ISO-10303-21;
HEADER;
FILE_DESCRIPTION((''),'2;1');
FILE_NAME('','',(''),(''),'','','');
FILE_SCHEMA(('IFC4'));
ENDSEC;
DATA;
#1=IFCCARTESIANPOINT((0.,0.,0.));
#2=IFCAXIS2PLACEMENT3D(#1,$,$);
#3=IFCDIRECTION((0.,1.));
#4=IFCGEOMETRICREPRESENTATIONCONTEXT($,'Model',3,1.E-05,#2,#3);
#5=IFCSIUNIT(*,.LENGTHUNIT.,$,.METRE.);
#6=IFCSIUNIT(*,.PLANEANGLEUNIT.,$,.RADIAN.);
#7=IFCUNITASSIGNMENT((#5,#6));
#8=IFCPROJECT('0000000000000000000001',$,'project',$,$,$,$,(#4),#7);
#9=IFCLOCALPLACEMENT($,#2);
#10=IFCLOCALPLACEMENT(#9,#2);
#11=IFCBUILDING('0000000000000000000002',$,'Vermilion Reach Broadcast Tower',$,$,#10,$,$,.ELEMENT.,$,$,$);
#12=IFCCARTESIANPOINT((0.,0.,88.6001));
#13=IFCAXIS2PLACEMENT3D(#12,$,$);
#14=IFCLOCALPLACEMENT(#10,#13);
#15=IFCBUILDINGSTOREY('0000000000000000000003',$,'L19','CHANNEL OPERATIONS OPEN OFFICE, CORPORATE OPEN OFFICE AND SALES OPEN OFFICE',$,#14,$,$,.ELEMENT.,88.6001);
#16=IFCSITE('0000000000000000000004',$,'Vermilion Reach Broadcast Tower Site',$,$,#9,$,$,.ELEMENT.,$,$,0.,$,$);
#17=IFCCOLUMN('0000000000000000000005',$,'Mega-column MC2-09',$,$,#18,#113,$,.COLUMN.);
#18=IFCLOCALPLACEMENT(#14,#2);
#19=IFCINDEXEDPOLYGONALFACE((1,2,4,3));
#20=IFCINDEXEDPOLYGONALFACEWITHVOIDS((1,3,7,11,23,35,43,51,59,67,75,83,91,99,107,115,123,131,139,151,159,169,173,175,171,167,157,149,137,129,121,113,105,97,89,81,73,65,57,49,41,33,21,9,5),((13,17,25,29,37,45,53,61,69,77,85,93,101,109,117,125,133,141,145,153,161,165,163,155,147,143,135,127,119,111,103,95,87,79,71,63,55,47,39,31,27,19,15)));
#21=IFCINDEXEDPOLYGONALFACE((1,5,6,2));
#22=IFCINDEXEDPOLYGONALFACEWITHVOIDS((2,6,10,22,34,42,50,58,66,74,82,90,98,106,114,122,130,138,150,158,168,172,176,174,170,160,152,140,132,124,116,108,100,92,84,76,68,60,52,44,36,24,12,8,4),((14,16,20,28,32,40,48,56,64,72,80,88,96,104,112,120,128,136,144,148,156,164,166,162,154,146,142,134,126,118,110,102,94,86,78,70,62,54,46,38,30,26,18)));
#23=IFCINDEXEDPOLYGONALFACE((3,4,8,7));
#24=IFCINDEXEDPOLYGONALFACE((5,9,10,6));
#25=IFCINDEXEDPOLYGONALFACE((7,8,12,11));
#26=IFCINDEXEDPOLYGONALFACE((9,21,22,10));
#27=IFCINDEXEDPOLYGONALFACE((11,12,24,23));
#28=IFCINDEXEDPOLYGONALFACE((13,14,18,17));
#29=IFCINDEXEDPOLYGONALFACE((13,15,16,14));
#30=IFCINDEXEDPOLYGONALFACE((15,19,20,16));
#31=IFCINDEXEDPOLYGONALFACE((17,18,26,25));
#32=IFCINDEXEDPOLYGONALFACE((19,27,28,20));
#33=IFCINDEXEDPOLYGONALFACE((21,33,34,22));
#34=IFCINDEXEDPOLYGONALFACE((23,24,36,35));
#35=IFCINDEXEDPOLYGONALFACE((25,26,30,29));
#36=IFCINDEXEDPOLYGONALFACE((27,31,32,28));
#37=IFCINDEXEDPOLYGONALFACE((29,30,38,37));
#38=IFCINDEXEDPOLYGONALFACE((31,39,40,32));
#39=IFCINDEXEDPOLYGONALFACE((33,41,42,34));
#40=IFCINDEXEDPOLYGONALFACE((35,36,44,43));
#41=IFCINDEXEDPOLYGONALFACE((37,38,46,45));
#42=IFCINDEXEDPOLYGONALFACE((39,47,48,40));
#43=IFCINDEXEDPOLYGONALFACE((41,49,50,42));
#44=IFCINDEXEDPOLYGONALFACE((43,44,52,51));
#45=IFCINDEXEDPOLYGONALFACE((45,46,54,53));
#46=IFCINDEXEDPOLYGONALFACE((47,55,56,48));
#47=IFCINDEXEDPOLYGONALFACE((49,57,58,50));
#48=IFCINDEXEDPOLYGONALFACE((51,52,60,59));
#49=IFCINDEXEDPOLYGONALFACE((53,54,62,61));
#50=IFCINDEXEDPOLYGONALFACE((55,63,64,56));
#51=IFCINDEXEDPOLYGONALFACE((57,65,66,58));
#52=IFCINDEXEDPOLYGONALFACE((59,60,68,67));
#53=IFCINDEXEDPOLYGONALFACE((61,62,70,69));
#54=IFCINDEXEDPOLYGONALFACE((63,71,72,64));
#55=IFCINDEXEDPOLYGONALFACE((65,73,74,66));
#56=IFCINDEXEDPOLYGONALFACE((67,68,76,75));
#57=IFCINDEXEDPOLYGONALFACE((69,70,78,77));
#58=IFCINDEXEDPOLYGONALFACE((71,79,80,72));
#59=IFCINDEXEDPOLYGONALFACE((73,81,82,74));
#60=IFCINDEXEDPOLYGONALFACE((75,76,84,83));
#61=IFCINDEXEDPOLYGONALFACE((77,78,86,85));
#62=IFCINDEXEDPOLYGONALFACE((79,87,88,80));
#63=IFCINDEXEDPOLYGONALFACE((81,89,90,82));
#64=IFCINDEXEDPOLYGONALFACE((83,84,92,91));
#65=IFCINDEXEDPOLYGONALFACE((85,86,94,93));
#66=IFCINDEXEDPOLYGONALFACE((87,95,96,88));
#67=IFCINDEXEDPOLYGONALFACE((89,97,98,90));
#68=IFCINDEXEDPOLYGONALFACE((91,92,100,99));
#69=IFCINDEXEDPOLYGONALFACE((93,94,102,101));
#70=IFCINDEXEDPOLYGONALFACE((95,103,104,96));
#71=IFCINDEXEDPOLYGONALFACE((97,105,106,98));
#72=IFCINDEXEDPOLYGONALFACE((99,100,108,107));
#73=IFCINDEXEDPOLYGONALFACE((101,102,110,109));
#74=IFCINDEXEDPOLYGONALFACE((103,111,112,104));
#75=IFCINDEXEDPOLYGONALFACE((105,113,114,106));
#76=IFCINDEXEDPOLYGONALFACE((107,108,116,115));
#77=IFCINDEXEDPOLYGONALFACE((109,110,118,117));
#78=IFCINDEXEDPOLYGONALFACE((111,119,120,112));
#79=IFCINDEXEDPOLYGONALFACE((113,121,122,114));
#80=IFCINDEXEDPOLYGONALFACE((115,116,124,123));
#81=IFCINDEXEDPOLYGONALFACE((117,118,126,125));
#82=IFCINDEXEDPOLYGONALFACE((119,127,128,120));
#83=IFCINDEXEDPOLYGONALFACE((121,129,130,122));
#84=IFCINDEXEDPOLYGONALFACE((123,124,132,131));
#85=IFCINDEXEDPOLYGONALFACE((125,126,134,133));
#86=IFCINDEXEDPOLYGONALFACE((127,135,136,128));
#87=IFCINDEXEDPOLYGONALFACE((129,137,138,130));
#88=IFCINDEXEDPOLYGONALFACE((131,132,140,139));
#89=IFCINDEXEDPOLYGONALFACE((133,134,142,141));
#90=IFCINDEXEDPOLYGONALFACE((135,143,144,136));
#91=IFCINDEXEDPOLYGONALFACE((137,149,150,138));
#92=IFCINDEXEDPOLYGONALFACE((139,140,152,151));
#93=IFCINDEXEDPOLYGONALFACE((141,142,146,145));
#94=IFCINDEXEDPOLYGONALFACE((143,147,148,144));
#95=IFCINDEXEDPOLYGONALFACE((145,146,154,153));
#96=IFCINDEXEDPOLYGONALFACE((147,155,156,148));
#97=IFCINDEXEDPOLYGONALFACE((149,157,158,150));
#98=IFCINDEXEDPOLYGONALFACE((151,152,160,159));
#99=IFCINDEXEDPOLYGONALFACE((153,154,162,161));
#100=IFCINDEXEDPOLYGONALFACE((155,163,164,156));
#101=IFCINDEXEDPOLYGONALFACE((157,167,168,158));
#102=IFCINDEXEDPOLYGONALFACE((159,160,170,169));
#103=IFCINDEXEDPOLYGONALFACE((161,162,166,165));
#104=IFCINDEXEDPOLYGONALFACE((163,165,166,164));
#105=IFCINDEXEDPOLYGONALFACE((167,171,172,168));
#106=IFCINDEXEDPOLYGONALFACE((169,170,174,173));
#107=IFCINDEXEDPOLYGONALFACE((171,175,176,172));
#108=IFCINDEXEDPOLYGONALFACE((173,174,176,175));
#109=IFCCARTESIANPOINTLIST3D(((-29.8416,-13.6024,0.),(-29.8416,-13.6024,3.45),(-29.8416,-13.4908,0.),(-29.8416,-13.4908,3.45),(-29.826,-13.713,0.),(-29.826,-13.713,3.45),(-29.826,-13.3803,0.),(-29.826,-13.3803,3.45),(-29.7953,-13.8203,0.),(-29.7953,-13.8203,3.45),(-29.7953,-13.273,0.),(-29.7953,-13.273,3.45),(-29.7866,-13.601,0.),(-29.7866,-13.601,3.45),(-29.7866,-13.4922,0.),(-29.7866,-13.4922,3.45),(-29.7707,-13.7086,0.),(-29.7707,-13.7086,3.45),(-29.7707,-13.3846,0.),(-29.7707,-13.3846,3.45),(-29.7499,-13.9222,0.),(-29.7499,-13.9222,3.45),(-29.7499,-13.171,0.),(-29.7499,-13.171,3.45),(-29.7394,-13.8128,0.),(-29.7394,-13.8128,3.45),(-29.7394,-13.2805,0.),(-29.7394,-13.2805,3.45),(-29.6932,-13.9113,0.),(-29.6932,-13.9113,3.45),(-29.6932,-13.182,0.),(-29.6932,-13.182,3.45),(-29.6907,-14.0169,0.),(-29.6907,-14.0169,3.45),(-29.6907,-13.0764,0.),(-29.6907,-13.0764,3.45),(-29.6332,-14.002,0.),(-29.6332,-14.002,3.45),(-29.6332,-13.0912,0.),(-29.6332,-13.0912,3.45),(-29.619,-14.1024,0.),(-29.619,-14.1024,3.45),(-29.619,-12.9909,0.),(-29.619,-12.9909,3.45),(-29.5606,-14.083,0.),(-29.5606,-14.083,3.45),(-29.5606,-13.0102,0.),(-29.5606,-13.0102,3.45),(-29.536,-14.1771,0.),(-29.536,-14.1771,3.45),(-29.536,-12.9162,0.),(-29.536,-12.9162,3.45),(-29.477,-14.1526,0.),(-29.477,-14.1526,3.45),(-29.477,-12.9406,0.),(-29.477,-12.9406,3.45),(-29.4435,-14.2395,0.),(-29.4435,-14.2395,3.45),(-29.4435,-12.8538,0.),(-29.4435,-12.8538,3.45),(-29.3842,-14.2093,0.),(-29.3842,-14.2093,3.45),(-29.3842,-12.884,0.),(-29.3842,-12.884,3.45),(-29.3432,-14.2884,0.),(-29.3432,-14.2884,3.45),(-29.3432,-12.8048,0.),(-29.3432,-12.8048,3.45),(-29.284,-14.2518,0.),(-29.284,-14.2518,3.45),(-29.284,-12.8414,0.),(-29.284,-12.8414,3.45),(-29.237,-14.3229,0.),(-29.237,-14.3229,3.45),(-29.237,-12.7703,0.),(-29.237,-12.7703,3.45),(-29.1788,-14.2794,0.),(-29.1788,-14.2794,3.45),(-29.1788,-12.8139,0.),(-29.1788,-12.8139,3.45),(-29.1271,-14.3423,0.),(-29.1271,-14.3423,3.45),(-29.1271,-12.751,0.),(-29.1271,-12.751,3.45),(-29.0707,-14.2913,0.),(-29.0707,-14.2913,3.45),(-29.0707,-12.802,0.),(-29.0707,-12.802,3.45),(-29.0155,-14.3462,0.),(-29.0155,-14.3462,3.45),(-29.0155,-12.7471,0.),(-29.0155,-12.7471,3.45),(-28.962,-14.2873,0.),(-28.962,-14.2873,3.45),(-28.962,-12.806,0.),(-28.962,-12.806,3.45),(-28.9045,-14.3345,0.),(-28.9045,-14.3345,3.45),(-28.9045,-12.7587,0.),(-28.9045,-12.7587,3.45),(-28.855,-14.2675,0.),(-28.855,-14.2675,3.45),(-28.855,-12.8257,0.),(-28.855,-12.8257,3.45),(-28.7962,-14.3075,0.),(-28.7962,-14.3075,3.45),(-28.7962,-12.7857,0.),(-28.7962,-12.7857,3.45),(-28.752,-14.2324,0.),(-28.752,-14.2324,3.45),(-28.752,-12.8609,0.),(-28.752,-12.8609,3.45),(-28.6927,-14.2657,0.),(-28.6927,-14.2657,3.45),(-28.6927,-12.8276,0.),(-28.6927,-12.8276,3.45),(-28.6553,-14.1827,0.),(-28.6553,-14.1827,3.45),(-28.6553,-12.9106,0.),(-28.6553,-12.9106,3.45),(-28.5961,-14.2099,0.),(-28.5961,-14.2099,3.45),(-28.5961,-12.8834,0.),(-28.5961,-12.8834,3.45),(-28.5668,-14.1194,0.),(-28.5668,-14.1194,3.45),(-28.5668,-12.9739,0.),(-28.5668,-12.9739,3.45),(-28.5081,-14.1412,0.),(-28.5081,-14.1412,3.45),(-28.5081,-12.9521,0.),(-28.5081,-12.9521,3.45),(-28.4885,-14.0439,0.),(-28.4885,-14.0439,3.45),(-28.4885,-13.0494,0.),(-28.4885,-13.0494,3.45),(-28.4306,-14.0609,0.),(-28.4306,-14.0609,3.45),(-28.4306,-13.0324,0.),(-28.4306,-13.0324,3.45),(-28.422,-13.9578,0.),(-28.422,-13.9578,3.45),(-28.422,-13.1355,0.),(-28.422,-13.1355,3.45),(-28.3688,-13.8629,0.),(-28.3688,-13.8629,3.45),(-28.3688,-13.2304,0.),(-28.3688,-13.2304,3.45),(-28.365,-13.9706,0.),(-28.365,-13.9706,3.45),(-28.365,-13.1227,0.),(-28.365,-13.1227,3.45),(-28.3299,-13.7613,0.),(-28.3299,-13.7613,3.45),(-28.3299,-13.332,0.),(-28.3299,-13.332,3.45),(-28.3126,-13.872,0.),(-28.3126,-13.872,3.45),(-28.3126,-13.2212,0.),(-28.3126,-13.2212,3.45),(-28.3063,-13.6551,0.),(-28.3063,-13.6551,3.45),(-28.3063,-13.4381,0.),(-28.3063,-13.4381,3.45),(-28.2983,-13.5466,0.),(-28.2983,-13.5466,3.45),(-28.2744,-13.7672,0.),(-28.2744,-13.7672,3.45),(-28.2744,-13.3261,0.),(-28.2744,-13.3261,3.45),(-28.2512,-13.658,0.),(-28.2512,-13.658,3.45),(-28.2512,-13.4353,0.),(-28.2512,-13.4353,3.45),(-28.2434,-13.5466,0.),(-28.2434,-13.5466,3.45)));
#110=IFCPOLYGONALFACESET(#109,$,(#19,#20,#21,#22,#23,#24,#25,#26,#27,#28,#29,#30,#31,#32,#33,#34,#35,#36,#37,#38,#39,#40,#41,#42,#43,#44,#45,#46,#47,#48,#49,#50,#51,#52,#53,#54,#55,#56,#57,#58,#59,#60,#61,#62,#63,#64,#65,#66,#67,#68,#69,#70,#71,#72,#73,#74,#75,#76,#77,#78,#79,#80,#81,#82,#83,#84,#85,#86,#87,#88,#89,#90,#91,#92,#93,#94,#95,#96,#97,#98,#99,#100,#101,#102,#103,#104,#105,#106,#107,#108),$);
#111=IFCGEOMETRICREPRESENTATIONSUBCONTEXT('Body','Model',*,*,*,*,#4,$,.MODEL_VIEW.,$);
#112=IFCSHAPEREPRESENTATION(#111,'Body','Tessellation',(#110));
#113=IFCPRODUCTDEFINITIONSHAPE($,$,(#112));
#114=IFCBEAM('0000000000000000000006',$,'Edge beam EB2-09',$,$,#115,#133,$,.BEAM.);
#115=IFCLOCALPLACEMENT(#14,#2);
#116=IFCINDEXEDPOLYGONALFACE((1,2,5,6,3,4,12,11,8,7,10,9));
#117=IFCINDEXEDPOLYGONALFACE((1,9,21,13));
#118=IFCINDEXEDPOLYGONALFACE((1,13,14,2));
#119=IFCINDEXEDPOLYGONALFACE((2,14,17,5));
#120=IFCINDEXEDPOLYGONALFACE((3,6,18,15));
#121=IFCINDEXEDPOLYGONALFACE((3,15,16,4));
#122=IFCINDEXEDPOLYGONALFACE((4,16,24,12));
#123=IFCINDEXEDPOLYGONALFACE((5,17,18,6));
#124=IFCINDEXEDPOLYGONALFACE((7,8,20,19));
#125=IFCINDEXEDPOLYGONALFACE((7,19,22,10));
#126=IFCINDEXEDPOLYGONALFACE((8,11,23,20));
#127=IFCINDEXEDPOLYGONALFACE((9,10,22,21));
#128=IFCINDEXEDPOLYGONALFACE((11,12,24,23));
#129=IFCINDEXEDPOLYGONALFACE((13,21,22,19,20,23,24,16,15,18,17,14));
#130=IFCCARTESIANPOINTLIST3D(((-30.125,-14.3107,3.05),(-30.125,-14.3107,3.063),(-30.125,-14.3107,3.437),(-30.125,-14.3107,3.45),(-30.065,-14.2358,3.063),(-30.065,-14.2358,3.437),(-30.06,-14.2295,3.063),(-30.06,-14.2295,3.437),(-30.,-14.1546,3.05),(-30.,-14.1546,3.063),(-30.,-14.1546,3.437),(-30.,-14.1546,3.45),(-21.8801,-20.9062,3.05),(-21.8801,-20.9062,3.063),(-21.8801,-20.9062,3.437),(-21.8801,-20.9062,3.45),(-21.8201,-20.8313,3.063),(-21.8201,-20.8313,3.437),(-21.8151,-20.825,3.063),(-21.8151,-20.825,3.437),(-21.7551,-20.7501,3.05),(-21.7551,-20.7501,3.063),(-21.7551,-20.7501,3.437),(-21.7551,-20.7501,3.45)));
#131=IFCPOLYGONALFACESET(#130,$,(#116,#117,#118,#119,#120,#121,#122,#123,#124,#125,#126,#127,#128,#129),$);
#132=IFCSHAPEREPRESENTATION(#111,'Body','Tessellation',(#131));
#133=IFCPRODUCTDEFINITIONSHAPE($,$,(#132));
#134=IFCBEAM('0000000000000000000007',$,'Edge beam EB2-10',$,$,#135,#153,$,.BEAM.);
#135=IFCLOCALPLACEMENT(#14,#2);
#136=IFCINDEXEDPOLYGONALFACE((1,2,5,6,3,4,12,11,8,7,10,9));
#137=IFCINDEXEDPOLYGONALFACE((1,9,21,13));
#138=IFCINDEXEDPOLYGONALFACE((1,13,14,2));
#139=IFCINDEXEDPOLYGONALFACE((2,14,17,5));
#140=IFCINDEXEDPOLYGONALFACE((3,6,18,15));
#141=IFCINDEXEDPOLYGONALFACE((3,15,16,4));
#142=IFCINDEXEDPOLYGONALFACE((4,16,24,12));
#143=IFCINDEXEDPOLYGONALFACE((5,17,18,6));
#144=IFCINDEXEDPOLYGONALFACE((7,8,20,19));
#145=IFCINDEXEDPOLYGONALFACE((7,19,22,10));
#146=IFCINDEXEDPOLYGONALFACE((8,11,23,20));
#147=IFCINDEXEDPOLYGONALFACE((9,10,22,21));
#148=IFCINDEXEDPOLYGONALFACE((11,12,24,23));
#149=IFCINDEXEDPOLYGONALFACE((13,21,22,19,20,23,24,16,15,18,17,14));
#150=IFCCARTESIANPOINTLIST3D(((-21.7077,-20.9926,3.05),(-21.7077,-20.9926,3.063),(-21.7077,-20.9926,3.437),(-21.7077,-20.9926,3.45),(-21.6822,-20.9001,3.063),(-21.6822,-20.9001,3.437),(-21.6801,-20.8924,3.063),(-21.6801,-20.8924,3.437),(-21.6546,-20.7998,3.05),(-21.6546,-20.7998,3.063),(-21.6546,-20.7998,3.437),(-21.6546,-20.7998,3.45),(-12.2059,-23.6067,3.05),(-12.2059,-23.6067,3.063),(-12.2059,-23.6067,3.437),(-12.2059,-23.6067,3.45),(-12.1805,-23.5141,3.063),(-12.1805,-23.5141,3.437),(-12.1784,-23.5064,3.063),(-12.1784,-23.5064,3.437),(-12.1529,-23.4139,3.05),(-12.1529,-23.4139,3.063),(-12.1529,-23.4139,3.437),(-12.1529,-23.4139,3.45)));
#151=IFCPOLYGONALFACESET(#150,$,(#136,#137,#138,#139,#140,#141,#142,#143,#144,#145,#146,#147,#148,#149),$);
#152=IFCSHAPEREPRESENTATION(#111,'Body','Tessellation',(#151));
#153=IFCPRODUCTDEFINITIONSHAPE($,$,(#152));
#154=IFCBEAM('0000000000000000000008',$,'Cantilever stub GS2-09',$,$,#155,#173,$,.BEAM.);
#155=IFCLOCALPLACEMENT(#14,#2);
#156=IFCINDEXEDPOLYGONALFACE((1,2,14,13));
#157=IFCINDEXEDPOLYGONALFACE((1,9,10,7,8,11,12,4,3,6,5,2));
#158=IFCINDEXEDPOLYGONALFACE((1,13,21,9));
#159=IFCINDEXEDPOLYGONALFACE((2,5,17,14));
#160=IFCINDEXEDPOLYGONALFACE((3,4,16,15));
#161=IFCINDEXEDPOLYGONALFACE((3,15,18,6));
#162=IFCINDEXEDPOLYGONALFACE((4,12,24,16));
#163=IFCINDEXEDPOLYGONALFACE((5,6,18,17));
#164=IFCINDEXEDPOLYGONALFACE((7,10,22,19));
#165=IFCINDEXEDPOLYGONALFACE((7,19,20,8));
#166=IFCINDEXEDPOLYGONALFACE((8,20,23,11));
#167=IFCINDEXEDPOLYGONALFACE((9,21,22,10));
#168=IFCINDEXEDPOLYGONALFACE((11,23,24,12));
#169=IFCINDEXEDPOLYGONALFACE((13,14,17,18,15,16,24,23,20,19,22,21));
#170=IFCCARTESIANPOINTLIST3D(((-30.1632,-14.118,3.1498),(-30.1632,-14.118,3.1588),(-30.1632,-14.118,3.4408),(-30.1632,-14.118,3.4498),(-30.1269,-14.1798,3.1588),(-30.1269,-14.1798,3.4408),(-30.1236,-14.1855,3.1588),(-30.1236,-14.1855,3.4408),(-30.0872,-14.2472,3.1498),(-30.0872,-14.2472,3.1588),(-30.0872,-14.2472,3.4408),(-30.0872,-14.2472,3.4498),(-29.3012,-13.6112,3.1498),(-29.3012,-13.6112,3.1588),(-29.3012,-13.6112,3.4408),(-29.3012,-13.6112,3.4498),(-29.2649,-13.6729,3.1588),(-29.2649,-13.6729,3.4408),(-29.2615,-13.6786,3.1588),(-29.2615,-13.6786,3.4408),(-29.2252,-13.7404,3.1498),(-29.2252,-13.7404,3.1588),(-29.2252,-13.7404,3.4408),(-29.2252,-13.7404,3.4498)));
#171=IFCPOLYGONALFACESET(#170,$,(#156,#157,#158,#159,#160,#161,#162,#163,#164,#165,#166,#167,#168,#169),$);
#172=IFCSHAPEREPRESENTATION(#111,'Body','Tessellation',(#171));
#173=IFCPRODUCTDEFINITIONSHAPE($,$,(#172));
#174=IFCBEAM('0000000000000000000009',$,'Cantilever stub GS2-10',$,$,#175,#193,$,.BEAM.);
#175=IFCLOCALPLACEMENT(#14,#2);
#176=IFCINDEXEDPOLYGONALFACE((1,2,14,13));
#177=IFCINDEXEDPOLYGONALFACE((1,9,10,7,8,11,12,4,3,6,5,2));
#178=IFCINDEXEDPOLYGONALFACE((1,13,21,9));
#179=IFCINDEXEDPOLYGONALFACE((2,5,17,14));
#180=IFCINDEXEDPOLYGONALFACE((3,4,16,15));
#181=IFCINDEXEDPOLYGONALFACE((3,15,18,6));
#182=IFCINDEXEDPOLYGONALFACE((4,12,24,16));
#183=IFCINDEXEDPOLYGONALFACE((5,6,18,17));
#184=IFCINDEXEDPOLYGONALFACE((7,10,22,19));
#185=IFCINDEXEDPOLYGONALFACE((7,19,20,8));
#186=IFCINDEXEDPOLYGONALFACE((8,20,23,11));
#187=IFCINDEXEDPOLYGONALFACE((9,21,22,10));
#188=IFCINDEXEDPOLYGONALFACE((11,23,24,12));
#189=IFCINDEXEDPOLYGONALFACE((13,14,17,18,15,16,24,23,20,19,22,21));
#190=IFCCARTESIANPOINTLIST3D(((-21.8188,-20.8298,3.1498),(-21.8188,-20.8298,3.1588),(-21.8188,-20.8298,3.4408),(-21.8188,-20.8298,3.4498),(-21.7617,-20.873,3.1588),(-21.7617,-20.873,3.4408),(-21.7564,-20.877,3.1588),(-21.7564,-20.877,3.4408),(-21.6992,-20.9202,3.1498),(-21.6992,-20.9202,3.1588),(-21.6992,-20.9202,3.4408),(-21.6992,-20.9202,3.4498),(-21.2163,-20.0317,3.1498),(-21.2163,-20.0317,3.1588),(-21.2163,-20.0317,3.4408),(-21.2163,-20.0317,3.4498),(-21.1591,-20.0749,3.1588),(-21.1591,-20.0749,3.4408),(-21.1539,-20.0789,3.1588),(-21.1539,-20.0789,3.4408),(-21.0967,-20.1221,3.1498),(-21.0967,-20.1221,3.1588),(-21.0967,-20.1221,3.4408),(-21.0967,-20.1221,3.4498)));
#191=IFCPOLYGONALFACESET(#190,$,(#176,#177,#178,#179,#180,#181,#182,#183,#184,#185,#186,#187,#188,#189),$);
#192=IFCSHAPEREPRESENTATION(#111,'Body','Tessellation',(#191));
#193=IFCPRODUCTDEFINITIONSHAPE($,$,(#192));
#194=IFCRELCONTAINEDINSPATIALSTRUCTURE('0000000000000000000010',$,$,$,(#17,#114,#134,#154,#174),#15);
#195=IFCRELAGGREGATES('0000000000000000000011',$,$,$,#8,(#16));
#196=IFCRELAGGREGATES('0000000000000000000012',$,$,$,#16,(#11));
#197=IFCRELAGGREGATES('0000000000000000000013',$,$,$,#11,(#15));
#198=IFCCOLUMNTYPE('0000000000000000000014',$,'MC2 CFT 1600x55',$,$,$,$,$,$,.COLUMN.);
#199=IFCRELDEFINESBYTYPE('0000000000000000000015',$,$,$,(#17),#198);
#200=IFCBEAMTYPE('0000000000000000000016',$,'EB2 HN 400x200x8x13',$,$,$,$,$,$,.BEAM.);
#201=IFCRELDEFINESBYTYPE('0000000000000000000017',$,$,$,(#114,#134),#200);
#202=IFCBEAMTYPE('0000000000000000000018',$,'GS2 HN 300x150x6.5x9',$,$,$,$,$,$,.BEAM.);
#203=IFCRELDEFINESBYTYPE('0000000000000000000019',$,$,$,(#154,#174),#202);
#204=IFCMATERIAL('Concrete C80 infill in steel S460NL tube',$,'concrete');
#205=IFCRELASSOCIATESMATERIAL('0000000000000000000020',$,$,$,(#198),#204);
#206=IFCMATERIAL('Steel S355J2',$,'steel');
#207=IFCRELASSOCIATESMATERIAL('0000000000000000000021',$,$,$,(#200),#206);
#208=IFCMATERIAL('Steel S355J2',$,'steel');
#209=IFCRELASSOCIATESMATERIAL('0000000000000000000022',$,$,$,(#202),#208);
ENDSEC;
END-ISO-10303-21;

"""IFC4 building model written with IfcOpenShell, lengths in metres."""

from ifc_helpers import new_model, si_unit, direction, frame, origin, origin_2d, place, context, subcontext, project, spatial, hollow_circle, i_section, extrude, material, material_profile, profile_set, type_object, element, save


model = new_model("IFC4")

# Units and contexts
model_context = context("Model", 3, precision=1e-05, world=origin(), true_north=direction((0.0, 1.0)))
body_context = subcontext(model_context, "Body", "Model", "MODEL_VIEW")
ifc_project = project(units=[si_unit("LENGTHUNIT", "METRE"), si_unit("PLANEANGLEUNIT", "RADIAN")], contexts=[model_context])

# Site, building, storey
site_placement = place(None, origin())
site = spatial("IfcSite", under=ifc_project, at=site_placement, Name="Vermilion Reach Broadcast Tower Site", CompositionType="ELEMENT", RefElevation=0.0)
building_placement = place(site_placement, origin())
building = spatial("IfcBuilding", under=site, at=building_placement, Name="Vermilion Reach Broadcast Tower", CompositionType="ELEMENT")
storey_placement = place(building_placement, frame((0.0, 0.0, 88.6001)))
storey = spatial("IfcBuildingStorey", under=building, at=storey_placement, Name="L19", Description="CHANNEL OPERATIONS OPEN OFFICE, CORPORATE OPEN OFFICE AND SALES OPEN OFFICE", CompositionType="ELEMENT", Elevation=88.6001)

# Column
ifc_material_1 = material(Name="Concrete C80 infill in steel S460NL tube", Category="concrete")
ifc_material_profile_1 = material_profile(ifc_material_1, hollow_circle(Radius=0.8, WallThickness=0.0549, at=origin_2d()), Name="Concrete C80 infill in steel S460NL tube CFT 1600x55")
ifc_profile_set_1 = profile_set([ifc_material_profile_1], Name="Concrete C80 infill in steel S460NL tube")
column_type = type_object("IfcColumnType", Name="MC2 CFT 1600x55", PredefinedType="COLUMN", material=ifc_profile_set_1)
column_placement = place(storey_placement, frame((-29.0435, -13.5466, 0.0), z_axis=(0.0, 0.0, 1.0), x_axis=(1.0, 0.0, 0.0)))
element("IfcColumn", 1, at=column_placement, inside=storey, type_object=column_type, Name="Mega-column MC2-09", PredefinedType="COLUMN", context=body_context, shape_type="SweptSolid", body=[
    extrude(hollow_circle(Radius=0.8, WallThickness=0.0549, at=origin_2d()), origin(), (0.0, 0.0, 1.0), 3.45),
])

# Beams
ifc_material_2 = material(Name="Steel S355J2", Category="steel")
ifc_material_profile_2 = material_profile(ifc_material_2, i_section(OverallWidth=0.2, OverallDepth=0.3999, WebThickness=0.0081, FlangeThickness=0.0129, at=origin_2d()), Name="S355J2 HN 400x200x8x13")
ifc_profile_set_2 = profile_set([ifc_material_profile_2], Name="Steel S355J2")
beam_type_1 = type_object("IfcBeamType", Name="EB2 HN 400x200x8x13", PredefinedType="BEAM", material=ifc_profile_set_2)
beam_1_placement = place(storey_placement, frame((-30.0625, -14.2327, 3.25), z_axis=(0.780889, -0.62467, 0.0), x_axis=(0.62467, 0.780889, 0.0)))
element("IfcBeam", 2, at=beam_1_placement, inside=storey, type_object=beam_type_1, Name="Edge beam EB2-09", PredefinedType="BEAM", context=body_context, shape_type="SweptSolid", body=[
    extrude(i_section(OverallWidth=0.2, OverallDepth=0.3999, WebThickness=0.0081, FlangeThickness=0.0129, at=origin_2d()), origin(), (0.0, 0.0, 1.0), 10.5583),
])
beam_2_placement = place(storey_placement, frame((-21.6812, -20.8962, 3.25), z_axis=(0.964178, -0.265255, 0.0), x_axis=(0.265255, 0.964178, 0.0)))
element("IfcBeam", 3, at=beam_2_placement, inside=storey, type_object=beam_type_1, Name="Edge beam EB2-10", PredefinedType="BEAM", context=body_context, shape_type="SweptSolid", body=[
    extrude(i_section(OverallWidth=0.2, OverallDepth=0.3999, WebThickness=0.0081, FlangeThickness=0.0129, at=origin_2d()), origin(), (0.0, 0.0, 1.0), 9.8547),
])
ifc_material_3 = material(Name="Steel S355J2", Category="steel")
ifc_material_profile_3 = material_profile(ifc_material_3, i_section(OverallWidth=0.1499, OverallDepth=0.3, WebThickness=0.0066, FlangeThickness=0.009, at=origin_2d()), Name="S355J2 HN 300x150x6.5x9")
ifc_profile_set_3 = profile_set([ifc_material_profile_3], Name="Steel S355J2")
beam_type_2 = type_object("IfcBeamType", Name="GS2 HN 300x150x6.5x9", PredefinedType="BEAM", material=ifc_profile_set_3)
for number, where, z_axis, x_axis, name in (
    (4, (-29.2632, -13.6758, 3.2998), (-0.862047, -0.506828, 0.0), (0.506828, -0.862047, 0.0), "Cantilever stub GS2-09"),
    (5, (-21.1565, -20.0769, 3.2998), (-0.602536, -0.798092, 0.0), (0.798092, -0.602536, 0.0), "Cantilever stub GS2-10"),
):
    element("IfcBeam", number, at=place(storey_placement, frame(where, z_axis=z_axis, x_axis=x_axis)), inside=storey, type_object=beam_type_2, Name=name, PredefinedType="BEAM", context=body_context, shape_type="SweptSolid", body=[
        extrude(i_section(OverallWidth=0.1499, OverallDepth=0.3, WebThickness=0.0066, FlangeThickness=0.009, at=origin_2d()), origin(), (0.0, 0.0, 1.0), 1.0),
    ])

save(model, "model.ifc")
